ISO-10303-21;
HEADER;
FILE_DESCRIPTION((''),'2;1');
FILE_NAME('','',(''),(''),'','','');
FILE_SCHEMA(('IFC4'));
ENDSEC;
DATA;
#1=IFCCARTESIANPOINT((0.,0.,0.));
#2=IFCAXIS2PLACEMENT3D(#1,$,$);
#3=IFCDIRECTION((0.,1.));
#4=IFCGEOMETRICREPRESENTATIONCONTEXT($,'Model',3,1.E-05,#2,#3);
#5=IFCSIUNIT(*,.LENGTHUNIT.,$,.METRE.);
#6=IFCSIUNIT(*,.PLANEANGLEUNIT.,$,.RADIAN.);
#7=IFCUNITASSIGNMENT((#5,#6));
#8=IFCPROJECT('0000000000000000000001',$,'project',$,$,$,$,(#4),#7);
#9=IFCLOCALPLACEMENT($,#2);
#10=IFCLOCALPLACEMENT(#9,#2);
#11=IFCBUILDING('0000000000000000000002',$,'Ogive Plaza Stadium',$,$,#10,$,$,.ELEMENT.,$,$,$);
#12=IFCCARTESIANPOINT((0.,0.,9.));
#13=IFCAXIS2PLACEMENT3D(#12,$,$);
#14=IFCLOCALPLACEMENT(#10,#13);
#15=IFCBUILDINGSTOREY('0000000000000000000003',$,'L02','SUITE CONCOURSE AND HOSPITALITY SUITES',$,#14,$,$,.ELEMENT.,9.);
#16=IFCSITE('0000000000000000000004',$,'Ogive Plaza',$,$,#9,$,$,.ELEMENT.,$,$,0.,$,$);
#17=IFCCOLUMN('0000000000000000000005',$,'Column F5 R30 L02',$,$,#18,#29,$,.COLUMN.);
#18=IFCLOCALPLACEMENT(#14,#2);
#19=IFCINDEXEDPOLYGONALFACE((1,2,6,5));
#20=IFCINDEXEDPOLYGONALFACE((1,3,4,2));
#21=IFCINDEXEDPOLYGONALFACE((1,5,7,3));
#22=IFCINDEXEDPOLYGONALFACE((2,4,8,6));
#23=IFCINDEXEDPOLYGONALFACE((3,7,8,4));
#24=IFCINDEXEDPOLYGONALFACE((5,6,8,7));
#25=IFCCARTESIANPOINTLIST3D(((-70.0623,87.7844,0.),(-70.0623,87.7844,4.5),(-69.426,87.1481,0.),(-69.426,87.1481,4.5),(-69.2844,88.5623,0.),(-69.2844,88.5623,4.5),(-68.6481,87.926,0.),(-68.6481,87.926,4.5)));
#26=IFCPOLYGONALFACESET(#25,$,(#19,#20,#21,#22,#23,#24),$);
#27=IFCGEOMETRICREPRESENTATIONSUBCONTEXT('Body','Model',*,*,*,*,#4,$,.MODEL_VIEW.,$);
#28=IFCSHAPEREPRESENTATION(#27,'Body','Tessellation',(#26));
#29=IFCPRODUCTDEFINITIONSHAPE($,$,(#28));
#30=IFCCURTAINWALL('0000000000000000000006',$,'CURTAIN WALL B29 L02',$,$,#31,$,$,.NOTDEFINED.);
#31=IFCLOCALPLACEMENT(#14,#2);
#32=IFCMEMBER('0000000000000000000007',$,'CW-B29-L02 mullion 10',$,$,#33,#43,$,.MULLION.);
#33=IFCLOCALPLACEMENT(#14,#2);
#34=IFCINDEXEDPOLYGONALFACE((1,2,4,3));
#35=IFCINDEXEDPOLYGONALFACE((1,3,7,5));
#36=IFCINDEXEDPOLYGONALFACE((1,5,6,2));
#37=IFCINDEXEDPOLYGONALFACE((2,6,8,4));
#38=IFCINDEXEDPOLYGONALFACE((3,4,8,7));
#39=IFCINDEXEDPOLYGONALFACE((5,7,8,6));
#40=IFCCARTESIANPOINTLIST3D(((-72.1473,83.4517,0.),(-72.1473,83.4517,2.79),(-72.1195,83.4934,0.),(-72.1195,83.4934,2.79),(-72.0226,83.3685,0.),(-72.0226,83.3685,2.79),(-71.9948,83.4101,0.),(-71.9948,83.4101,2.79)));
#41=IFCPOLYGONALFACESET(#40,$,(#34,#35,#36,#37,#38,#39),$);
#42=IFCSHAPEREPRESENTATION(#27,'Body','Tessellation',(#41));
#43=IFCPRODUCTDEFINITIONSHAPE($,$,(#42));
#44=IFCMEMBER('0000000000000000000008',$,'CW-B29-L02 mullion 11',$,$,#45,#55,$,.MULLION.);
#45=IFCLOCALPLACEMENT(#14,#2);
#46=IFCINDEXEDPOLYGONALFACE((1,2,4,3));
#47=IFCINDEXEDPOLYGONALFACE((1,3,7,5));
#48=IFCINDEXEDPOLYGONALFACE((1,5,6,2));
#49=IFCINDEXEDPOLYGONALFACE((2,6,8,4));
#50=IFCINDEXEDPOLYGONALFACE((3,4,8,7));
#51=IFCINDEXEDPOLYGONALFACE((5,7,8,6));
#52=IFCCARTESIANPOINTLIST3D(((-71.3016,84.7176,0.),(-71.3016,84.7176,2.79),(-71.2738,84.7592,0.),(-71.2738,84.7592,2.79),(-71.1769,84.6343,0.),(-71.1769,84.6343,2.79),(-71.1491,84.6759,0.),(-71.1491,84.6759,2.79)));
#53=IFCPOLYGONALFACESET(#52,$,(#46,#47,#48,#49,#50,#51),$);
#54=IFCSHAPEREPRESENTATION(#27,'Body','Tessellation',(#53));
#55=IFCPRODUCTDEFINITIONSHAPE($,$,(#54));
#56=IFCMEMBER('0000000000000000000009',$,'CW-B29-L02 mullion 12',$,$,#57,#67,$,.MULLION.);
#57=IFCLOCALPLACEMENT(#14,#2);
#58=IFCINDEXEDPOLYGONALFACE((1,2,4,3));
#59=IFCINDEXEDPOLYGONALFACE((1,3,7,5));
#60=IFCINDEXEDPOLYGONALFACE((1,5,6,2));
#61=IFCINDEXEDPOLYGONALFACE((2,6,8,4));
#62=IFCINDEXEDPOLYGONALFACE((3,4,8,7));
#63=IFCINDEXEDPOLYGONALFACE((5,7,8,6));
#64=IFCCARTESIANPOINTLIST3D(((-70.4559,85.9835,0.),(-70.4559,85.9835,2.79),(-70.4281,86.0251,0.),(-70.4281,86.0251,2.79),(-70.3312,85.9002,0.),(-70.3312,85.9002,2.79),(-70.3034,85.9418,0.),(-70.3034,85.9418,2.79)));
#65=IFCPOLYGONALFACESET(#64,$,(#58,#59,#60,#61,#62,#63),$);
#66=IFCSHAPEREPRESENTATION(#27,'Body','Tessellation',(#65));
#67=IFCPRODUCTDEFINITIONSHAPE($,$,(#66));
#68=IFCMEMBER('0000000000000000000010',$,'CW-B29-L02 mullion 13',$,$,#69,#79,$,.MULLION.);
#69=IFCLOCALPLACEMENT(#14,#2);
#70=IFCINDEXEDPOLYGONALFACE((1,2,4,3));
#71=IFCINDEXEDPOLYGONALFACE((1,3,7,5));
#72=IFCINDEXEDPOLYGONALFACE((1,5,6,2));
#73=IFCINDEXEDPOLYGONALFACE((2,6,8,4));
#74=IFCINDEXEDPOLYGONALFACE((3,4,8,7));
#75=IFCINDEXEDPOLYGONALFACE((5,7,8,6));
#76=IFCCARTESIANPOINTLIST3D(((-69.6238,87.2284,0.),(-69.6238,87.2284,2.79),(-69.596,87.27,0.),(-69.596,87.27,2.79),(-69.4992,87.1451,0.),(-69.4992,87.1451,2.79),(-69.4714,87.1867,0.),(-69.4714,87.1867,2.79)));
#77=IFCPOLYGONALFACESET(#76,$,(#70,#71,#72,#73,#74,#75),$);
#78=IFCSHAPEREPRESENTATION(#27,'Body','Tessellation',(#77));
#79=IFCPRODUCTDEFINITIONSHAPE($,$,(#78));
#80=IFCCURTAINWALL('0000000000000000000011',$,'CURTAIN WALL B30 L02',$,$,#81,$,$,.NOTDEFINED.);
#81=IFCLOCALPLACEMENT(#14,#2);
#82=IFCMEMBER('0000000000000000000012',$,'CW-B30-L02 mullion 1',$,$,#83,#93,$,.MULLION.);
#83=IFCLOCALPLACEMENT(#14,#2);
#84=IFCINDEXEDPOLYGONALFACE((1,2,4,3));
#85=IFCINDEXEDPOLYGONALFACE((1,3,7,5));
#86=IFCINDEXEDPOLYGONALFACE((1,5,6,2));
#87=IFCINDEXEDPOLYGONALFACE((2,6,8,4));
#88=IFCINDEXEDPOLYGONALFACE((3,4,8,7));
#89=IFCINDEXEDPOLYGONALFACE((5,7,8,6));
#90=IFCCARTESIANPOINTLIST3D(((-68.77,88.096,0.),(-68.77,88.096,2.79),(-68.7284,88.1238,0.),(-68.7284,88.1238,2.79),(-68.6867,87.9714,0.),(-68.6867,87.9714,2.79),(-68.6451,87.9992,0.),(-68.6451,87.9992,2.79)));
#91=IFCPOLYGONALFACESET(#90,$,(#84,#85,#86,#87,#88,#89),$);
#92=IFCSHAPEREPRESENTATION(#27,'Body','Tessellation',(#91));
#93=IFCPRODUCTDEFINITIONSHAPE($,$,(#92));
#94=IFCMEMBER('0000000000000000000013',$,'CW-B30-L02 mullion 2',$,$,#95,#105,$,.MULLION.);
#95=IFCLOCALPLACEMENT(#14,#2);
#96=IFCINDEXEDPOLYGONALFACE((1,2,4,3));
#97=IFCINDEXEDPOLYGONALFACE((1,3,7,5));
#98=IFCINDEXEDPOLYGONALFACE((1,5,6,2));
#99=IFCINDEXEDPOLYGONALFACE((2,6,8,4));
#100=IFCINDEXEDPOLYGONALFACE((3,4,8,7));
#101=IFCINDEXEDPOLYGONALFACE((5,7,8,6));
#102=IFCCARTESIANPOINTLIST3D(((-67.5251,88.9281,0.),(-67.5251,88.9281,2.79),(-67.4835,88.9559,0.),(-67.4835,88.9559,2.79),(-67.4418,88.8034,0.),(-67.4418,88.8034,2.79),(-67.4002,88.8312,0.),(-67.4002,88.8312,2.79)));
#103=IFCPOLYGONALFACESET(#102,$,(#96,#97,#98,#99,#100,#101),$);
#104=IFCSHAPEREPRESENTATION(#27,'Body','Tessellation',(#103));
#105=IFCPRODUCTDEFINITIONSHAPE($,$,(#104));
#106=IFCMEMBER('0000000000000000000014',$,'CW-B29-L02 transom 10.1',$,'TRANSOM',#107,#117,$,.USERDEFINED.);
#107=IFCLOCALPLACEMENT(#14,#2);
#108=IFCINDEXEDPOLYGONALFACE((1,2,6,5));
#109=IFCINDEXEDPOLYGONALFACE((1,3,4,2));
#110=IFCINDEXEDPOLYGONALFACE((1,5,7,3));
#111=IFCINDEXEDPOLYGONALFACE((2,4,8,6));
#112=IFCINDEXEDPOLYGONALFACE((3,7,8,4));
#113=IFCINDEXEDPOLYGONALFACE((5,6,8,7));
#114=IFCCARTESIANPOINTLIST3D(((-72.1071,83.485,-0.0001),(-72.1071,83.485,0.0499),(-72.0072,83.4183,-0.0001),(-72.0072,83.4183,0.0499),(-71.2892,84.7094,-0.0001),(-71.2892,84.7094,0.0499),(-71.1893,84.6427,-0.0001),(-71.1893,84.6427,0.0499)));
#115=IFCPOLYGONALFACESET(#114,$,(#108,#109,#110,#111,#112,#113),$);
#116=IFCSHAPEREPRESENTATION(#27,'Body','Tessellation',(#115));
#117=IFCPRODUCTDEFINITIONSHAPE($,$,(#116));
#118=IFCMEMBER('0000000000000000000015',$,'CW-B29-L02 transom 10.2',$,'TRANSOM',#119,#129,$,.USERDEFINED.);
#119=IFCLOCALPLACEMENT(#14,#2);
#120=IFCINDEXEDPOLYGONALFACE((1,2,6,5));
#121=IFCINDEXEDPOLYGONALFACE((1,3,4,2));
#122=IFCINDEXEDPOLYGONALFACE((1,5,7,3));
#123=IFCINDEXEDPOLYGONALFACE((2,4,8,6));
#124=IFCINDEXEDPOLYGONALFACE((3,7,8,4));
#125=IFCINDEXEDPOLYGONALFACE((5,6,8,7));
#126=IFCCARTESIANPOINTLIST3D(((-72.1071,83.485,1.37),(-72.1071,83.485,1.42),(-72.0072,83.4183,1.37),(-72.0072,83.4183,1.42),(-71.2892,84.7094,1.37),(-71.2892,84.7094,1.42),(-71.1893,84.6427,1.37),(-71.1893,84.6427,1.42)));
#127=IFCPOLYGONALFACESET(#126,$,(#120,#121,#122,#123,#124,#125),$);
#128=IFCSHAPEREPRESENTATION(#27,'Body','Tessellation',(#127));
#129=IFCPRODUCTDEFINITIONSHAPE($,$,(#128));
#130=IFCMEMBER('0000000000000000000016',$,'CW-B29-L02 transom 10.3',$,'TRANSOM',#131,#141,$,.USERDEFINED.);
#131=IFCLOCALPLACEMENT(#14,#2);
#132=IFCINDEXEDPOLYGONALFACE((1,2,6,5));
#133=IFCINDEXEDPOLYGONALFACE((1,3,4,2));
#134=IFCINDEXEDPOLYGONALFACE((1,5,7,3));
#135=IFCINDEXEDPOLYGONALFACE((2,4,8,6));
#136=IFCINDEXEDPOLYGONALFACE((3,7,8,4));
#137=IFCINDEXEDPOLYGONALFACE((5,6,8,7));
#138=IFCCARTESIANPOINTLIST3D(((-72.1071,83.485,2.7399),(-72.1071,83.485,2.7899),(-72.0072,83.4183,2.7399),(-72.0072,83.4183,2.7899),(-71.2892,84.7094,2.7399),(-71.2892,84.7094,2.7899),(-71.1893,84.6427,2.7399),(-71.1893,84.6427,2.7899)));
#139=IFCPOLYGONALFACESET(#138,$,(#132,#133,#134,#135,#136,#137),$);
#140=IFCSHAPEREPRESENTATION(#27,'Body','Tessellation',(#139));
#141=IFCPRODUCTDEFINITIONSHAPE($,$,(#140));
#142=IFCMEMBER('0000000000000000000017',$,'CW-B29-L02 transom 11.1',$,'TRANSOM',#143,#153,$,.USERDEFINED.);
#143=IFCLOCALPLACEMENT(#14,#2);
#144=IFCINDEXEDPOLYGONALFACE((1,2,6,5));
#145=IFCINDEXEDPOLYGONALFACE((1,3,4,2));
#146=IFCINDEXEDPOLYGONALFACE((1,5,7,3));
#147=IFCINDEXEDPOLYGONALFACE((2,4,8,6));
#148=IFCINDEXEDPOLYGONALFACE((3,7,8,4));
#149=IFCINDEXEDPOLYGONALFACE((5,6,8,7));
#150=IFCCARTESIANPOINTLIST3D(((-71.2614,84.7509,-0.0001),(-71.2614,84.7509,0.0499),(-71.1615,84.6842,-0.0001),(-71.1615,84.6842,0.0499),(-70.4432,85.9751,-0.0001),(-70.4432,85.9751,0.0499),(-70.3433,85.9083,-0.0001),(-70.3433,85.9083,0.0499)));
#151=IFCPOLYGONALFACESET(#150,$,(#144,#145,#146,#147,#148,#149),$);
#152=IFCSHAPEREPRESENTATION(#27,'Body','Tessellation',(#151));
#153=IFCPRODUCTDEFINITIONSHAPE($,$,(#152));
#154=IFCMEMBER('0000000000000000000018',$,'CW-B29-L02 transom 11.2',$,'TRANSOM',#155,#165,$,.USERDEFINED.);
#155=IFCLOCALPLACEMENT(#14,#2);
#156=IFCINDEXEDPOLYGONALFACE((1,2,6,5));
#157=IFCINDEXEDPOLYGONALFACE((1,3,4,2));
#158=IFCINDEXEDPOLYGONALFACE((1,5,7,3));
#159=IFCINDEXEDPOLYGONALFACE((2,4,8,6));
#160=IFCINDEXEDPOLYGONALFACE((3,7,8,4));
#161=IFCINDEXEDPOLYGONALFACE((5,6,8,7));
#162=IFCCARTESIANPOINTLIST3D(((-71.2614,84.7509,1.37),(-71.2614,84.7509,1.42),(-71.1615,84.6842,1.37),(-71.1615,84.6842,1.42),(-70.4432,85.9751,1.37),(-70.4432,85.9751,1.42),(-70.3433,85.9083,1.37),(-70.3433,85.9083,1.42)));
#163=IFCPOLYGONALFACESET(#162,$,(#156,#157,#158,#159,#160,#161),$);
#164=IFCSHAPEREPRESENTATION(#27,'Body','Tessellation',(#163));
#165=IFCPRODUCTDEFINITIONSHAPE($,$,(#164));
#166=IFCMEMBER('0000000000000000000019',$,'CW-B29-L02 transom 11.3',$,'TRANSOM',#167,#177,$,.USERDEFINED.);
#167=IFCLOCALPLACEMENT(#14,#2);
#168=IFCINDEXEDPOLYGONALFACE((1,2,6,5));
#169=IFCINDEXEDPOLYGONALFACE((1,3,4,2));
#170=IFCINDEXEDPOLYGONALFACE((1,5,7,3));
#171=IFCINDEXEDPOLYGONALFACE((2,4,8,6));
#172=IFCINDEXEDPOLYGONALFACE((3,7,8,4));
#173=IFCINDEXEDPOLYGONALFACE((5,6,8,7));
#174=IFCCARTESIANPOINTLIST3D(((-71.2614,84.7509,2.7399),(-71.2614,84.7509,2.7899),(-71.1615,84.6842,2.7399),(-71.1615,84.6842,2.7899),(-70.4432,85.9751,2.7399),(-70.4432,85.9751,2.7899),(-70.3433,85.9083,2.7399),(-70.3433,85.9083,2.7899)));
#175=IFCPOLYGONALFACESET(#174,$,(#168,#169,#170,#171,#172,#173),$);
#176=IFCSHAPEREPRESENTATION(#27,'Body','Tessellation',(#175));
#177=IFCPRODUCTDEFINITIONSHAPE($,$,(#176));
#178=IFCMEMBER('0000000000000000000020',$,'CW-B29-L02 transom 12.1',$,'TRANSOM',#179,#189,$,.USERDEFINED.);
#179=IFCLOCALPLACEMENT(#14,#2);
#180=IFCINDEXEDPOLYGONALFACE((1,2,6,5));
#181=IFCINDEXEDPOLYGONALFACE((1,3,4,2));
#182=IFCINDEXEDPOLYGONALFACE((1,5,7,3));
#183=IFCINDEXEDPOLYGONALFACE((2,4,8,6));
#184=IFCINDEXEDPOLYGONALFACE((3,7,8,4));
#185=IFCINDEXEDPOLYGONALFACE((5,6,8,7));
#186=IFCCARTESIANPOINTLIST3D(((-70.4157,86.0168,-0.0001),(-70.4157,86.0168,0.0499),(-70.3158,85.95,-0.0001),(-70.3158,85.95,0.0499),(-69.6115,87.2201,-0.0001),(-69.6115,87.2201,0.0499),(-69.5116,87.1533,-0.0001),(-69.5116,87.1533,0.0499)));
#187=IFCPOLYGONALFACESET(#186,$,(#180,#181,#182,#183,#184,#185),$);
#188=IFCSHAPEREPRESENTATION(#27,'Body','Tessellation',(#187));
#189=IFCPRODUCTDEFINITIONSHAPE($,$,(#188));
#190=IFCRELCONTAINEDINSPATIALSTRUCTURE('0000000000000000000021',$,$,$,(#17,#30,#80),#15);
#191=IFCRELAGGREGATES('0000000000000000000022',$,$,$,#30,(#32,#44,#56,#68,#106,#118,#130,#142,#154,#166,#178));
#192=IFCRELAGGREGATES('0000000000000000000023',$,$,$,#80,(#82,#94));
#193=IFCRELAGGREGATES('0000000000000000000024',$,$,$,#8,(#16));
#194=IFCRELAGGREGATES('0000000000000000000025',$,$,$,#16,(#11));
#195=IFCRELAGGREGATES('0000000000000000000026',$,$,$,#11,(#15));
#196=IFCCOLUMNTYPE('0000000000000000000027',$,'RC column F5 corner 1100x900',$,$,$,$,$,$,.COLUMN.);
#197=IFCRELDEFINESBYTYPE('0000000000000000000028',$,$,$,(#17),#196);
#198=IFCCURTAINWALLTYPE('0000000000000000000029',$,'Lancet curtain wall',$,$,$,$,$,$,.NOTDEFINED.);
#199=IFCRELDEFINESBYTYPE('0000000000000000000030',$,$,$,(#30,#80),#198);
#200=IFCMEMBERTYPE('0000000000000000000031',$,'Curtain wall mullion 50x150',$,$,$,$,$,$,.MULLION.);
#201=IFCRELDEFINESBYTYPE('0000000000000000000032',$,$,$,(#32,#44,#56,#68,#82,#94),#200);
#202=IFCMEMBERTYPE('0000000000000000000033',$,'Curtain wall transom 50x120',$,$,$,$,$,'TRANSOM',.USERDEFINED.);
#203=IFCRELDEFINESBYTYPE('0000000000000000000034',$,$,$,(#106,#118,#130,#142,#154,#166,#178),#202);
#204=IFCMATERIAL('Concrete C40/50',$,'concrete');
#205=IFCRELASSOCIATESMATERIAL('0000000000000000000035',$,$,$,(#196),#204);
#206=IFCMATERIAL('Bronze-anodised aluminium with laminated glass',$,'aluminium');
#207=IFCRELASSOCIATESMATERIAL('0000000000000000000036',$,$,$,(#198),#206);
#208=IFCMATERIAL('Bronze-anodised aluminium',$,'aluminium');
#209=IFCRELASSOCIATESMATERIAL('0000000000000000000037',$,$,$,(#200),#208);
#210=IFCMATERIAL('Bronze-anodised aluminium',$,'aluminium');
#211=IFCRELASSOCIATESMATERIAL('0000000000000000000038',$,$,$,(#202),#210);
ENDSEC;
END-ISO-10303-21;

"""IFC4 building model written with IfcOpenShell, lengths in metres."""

from ifc_helpers import new_model, si_unit, direction, frame, origin, origin_2d, place, context, subcontext, project, spatial, rectangle, extrude, material, material_profile, profile_set, type_object, element, aggregate, save


model = new_model("IFC4")

# Units and contexts
model_context = context("Model", 3, precision=1e-05, world=origin(), true_north=direction((0.0, 1.0)))
body_context = subcontext(model_context, "Body", "Model", "MODEL_VIEW")
ifc_project = project(units=[si_unit("LENGTHUNIT", "METRE"), si_unit("PLANEANGLEUNIT", "RADIAN")], contexts=[model_context])

# Site, building, storey
site_placement = place(None, origin())
site = spatial("IfcSite", under=ifc_project, at=site_placement, Name="Ogive Plaza", CompositionType="ELEMENT", RefElevation=0.0)
building_placement = place(site_placement, origin())
building = spatial("IfcBuilding", under=site, at=building_placement, Name="Ogive Plaza Stadium", CompositionType="ELEMENT")
storey_placement = place(building_placement, frame((0.0, 0.0, 9.0)))
storey = spatial("IfcBuildingStorey", under=building, at=storey_placement, Name="L02", Description="SUITE CONCOURSE AND HOSPITALITY SUITES", CompositionType="ELEMENT", Elevation=9.0)

# Column
ifc_material_1 = material(Name="Concrete C40/50", Category="concrete")
ifc_material_profile_1 = material_profile(ifc_material_1, rectangle(XDim=1.1001, YDim=0.8999, at=origin_2d()), Name="RC 1100x900")
ifc_profile_set_1 = profile_set([ifc_material_profile_1], Name="Concrete C40/50")
column_type = type_object("IfcColumnType", Name="RC column F5 corner 1100x900", PredefinedType="COLUMN", material=ifc_profile_set_1)
column_placement = place(storey_placement, frame((-69.3552, 87.8552, 0.0), z_axis=(0.0, 0.0, 1.0), x_axis=(-0.707107, -0.707107, 0.0)))
element("IfcColumn", 1, at=column_placement, inside=storey, type_object=column_type, Name="Column F5 R30 L02", PredefinedType="COLUMN", context=body_context, shape_type="SweptSolid", body=[
    extrude(rectangle(XDim=1.1001, YDim=0.8999, at=origin_2d()), origin(), (0.0, 0.0, 1.0), 4.5),
])

# Curtain walls, members
ifc_material_2 = material(Name="Bronze-anodised aluminium with laminated glass", Category="aluminium")
curtain_wall_type = type_object("IfcCurtainWallType", Name="Lancet curtain wall", PredefinedType="NOTDEFINED", material=ifc_material_2)
curtain_wall_1_placement = place(storey_placement, origin())
curtain_wall_1 = element("IfcCurtainWall", 2, at=curtain_wall_1_placement, inside=storey, type_object=curtain_wall_type, Name="CURTAIN WALL B29 L02", PredefinedType="NOTDEFINED")
ifc_material_3 = material(Name="Bronze-anodised aluminium", Category="aluminium")
ifc_material_profile_2 = material_profile(ifc_material_3, rectangle(XDim=0.1499, YDim=0.05, at=origin_2d()), Name="AL 150x50")
ifc_profile_set_2 = profile_set([ifc_material_profile_2], Name="Bronze-anodised aluminium")
member_type_1 = type_object("IfcMemberType", Name="Curtain wall mullion 50x150", PredefinedType="MULLION", material=ifc_profile_set_2)
member_1_placement = place(storey_placement, frame((-72.071, 83.4309, 0.0), z_axis=(0.0, 0.0, 1.0), x_axis=(-0.83147, 0.55557, 0.0)))
member_1 = element("IfcMember", 3, at=member_1_placement, type_object=member_type_1, Name="CW-B29-L02 mullion 10", PredefinedType="MULLION", context=body_context, shape_type="SweptSolid", body=[
    extrude(rectangle(XDim=0.1499, YDim=0.05, at=origin_2d()), origin(), (0.0, 0.0, 1.0), 2.79),
])
member_2_placement = place(storey_placement, frame((-71.2253, 84.6968, 0.0), z_axis=(0.0, 0.0, 1.0), x_axis=(-0.83147, 0.55557, 0.0)))
member_2 = element("IfcMember", 4, at=member_2_placement, type_object=member_type_1, Name="CW-B29-L02 mullion 11", PredefinedType="MULLION", context=body_context, shape_type="SweptSolid", body=[
    extrude(rectangle(XDim=0.1499, YDim=0.05, at=origin_2d()), origin(), (0.0, 0.0, 1.0), 2.79),
])
member_3_placement = place(storey_placement, frame((-70.3796, 85.9626, 0.0), z_axis=(0.0, 0.0, 1.0), x_axis=(-0.83147, 0.55557, 0.0)))
member_3 = element("IfcMember", 5, at=member_3_placement, type_object=member_type_1, Name="CW-B29-L02 mullion 12", PredefinedType="MULLION", context=body_context, shape_type="SweptSolid", body=[
    extrude(rectangle(XDim=0.1499, YDim=0.05, at=origin_2d()), origin(), (0.0, 0.0, 1.0), 2.79),
])
member_4_placement = place(storey_placement, frame((-69.5476, 87.2075, 0.0), z_axis=(0.0, 0.0, 1.0), x_axis=(-0.83147, 0.55557, 0.0)))
member_4 = element("IfcMember", 6, at=member_4_placement, type_object=member_type_1, Name="CW-B29-L02 mullion 13", PredefinedType="MULLION", context=body_context, shape_type="SweptSolid", body=[
    extrude(rectangle(XDim=0.1499, YDim=0.05, at=origin_2d()), origin(), (0.0, 0.0, 1.0), 2.79),
])
curtain_wall_2_placement = place(storey_placement, origin())
curtain_wall_2 = element("IfcCurtainWall", 7, at=curtain_wall_2_placement, inside=storey, type_object=curtain_wall_type, Name="CURTAIN WALL B30 L02", PredefinedType="NOTDEFINED")
member_5_placement = place(storey_placement, frame((-68.7075, 88.0476, 0.0), z_axis=(0.0, 0.0, 1.0), x_axis=(-0.55557, 0.83147, 0.0)))
member_5 = element("IfcMember", 8, at=member_5_placement, type_object=member_type_1, Name="CW-B30-L02 mullion 1", PredefinedType="MULLION", context=body_context, shape_type="SweptSolid", body=[
    extrude(rectangle(XDim=0.1499, YDim=0.05, at=origin_2d()), origin(), (0.0, 0.0, 1.0), 2.79),
])
member_6_placement = place(storey_placement, frame((-67.4626, 88.8796, 0.0), z_axis=(0.0, 0.0, 1.0), x_axis=(-0.55557, 0.83147, 0.0)))
member_6 = element("IfcMember", 9, at=member_6_placement, type_object=member_type_1, Name="CW-B30-L02 mullion 2", PredefinedType="MULLION", context=body_context, shape_type="SweptSolid", body=[
    extrude(rectangle(XDim=0.1499, YDim=0.05, at=origin_2d()), origin(), (0.0, 0.0, 1.0), 2.79),
])

# Members
ifc_material_4 = material(Name="Bronze-anodised aluminium", Category="aluminium")
ifc_material_profile_3 = material_profile(ifc_material_4, rectangle(XDim=0.1201, YDim=0.05, at=origin_2d()), Name="AL 120x50")
ifc_profile_set_3 = profile_set([ifc_material_profile_3], Name="Bronze-anodised aluminium")
member_type_2 = type_object("IfcMemberType", Name="Curtain wall transom 50x120", ElementType="TRANSOM", PredefinedType="USERDEFINED", material=ifc_profile_set_3)
member_7_placement = place(storey_placement, frame((-72.0571, 83.4517, 0.0249), z_axis=(0.555465, 0.83154, 0.0), x_axis=(-0.83154, 0.555465, 0.0)))
member_7 = element("IfcMember", 10, at=member_7_placement, type_object=member_type_2, Name="CW-B29-L02 transom 10.1", ObjectType="TRANSOM", PredefinedType="USERDEFINED", context=body_context, shape_type="SweptSolid", body=[
    extrude(rectangle(XDim=0.1201, YDim=0.05, at=origin_2d()), origin(), (0.0, 0.0, 1.0), 1.4724),
])
member_8_placement = place(storey_placement, frame((-72.0571, 83.4517, 1.395), z_axis=(0.555465, 0.83154, 0.0), x_axis=(-0.83154, 0.555465, 0.0)))
member_8 = element("IfcMember", 11, at=member_8_placement, type_object=member_type_2, Name="CW-B29-L02 transom 10.2", ObjectType="TRANSOM", PredefinedType="USERDEFINED", context=body_context, shape_type="SweptSolid", body=[
    extrude(rectangle(XDim=0.1201, YDim=0.05, at=origin_2d()), origin(), (0.0, 0.0, 1.0), 1.4724),
])
member_9_placement = place(storey_placement, frame((-72.0571, 83.4517, 2.7649), z_axis=(0.555465, 0.83154, 0.0), x_axis=(-0.83154, 0.555465, 0.0)))
member_9 = element("IfcMember", 12, at=member_9_placement, type_object=member_type_2, Name="CW-B29-L02 transom 10.3", ObjectType="TRANSOM", PredefinedType="USERDEFINED", context=body_context, shape_type="SweptSolid", body=[
    extrude(rectangle(XDim=0.1201, YDim=0.05, at=origin_2d()), origin(), (0.0, 0.0, 1.0), 1.4724),
])
member_10_placement = place(storey_placement, frame((-71.2114, 84.7175, 0.0249), z_axis=(0.555656, 0.831412, 0.0), x_axis=(-0.831412, 0.555656, 0.0)))
member_10 = element("IfcMember", 13, at=member_10_placement, type_object=member_type_2, Name="CW-B29-L02 transom 11.1", ObjectType="TRANSOM", PredefinedType="USERDEFINED", context=body_context, shape_type="SweptSolid", body=[
    extrude(rectangle(XDim=0.1201, YDim=0.05, at=origin_2d()), origin(), (0.0, 0.0, 1.0), 1.4724),
])
member_11_placement = place(storey_placement, frame((-71.2114, 84.7175, 1.395), z_axis=(0.555656, 0.831412, 0.0), x_axis=(-0.831412, 0.555656, 0.0)))
member_11 = element("IfcMember", 14, at=member_11_placement, type_object=member_type_2, Name="CW-B29-L02 transom 11.2", ObjectType="TRANSOM", PredefinedType="USERDEFINED", context=body_context, shape_type="SweptSolid", body=[
    extrude(rectangle(XDim=0.1201, YDim=0.05, at=origin_2d()), origin(), (0.0, 0.0, 1.0), 1.4724),
])
member_12_placement = place(storey_placement, frame((-71.2114, 84.7175, 2.7649), z_axis=(0.555656, 0.831412, 0.0), x_axis=(-0.831412, 0.555656, 0.0)))
member_12 = element("IfcMember", 15, at=member_12_placement, type_object=member_type_2, Name="CW-B29-L02 transom 11.3", ObjectType="TRANSOM", PredefinedType="USERDEFINED", context=body_context, shape_type="SweptSolid", body=[
    extrude(rectangle(XDim=0.1201, YDim=0.05, at=origin_2d()), origin(), (0.0, 0.0, 1.0), 1.4724),
])
member_13_placement = place(storey_placement, frame((-70.3657, 85.9834, 0.0249), z_axis=(0.555634, 0.831427, 0.0), x_axis=(-0.831427, 0.555634, 0.0)))
member_13 = element("IfcMember", 16, at=member_13_placement, type_object=member_type_2, Name="CW-B29-L02 transom 12.1", ObjectType="TRANSOM", PredefinedType="USERDEFINED", context=body_context, shape_type="SweptSolid", body=[
    extrude(rectangle(XDim=0.1201, YDim=0.05, at=origin_2d()), origin(), (0.0, 0.0, 1.0), 1.4473),
])

aggregate(curtain_wall_1, [member_1, member_2, member_3, member_4, member_7, member_8, member_9, member_10, member_11, member_12, member_13])
aggregate(curtain_wall_2, [member_5, member_6])

save(model, "model.ifc")
